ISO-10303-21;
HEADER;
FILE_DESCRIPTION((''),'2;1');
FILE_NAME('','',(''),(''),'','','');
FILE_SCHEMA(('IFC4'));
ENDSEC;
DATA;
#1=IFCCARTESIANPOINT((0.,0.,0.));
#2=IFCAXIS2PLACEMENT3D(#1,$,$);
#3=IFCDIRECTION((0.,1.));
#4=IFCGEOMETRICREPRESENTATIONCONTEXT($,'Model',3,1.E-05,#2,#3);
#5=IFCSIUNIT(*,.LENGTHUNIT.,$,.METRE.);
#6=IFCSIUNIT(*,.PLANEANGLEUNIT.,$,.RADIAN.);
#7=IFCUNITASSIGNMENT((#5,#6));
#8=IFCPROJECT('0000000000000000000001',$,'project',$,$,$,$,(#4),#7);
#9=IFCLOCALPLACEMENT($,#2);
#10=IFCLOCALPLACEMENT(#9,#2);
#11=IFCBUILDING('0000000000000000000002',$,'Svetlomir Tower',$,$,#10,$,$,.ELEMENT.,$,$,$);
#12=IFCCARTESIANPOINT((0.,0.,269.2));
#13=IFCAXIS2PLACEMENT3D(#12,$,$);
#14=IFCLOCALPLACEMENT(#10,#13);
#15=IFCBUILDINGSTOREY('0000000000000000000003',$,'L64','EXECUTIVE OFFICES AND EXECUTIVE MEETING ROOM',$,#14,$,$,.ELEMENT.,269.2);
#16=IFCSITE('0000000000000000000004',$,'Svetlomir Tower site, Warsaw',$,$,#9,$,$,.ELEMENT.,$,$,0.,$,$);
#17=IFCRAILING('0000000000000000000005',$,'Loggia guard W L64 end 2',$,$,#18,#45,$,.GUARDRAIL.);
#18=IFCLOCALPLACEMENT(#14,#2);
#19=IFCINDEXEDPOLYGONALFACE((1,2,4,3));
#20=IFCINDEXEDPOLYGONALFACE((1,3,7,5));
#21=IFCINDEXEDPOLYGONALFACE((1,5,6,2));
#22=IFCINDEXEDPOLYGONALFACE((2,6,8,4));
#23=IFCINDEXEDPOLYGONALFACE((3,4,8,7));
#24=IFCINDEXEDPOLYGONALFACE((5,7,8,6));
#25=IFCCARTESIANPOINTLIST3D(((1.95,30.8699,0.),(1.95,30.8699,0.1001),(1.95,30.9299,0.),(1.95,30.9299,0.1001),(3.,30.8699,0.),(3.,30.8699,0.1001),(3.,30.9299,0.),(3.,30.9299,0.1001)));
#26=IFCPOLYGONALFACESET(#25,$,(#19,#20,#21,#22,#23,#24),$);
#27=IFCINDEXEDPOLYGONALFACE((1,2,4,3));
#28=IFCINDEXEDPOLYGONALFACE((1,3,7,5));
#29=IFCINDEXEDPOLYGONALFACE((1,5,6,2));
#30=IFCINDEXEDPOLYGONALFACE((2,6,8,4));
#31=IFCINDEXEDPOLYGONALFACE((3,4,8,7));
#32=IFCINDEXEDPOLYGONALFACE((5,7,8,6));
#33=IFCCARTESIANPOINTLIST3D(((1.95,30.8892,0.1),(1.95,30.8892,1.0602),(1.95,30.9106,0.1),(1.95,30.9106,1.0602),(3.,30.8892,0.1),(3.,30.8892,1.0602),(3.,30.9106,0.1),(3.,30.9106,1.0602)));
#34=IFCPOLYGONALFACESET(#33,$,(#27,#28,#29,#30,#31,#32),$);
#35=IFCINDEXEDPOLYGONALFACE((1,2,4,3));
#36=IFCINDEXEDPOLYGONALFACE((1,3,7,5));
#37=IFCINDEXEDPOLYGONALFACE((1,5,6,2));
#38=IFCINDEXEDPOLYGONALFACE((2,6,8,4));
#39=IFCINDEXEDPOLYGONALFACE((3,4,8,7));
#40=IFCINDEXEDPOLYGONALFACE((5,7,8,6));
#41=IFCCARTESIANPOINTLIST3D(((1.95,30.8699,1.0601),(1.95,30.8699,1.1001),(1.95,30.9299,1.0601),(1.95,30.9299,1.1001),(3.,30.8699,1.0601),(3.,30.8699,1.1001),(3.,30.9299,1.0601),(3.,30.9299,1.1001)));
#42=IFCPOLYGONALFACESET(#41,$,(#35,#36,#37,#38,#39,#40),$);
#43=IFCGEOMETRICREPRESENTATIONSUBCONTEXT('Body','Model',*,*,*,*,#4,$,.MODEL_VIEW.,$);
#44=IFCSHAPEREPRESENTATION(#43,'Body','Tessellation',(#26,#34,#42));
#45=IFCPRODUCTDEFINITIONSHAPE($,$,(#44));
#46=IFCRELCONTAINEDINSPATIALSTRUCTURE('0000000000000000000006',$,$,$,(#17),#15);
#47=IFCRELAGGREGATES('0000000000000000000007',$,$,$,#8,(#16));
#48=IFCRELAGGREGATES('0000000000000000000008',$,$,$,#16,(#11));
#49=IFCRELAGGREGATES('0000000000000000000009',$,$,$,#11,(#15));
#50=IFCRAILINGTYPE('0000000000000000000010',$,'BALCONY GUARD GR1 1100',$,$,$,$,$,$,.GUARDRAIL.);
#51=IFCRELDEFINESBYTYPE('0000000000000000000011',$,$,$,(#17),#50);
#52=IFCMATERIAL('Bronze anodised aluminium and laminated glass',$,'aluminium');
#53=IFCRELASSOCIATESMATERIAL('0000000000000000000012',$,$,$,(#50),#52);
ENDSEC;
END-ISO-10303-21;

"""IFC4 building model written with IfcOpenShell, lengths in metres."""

from ifc_helpers import new_model, si_unit, direction, frame, origin, origin_2d, place, context, subcontext, project, spatial, rectangle, extrude, material, type_object, element, save


model = new_model("IFC4")

# Units and contexts
model_context = context("Model", 3, precision=1e-05, world=origin(), true_north=direction((0.0, 1.0)))
body_context = subcontext(model_context, "Body", "Model", "MODEL_VIEW")
ifc_project = project(units=[si_unit("LENGTHUNIT", "METRE"), si_unit("PLANEANGLEUNIT", "RADIAN")], contexts=[model_context])

# Site, building, storey
site_placement = place(None, origin())
site = spatial("IfcSite", under=ifc_project, at=site_placement, Name="Svetlomir Tower site, Warsaw", CompositionType="ELEMENT", RefElevation=0.0)
building_placement = place(site_placement, origin())
building = spatial("IfcBuilding", under=site, at=building_placement, Name="Svetlomir Tower", CompositionType="ELEMENT")
storey_placement = place(building_placement, frame((0.0, 0.0, 269.2)))
storey = spatial("IfcBuildingStorey", under=building, at=storey_placement, Name="L64", Description="EXECUTIVE OFFICES AND EXECUTIVE MEETING ROOM", CompositionType="ELEMENT", Elevation=269.2)

# Railing
ifc_material_1 = material(Name="Bronze anodised aluminium and laminated glass", Category="aluminium")
railing_type = type_object("IfcRailingType", Name="BALCONY GUARD GR1 1100", PredefinedType="GUARDRAIL", material=ifc_material_1)
railing_1_placement = place(storey_placement, frame((1.95, 30.8999, 0.0)))
element("IfcRailing", 1, at=railing_1_placement, inside=storey, type_object=railing_type, Name="Loggia guard W L64 end 2", PredefinedType="GUARDRAIL", context=body_context, shape_type="SweptSolid", body=[
    extrude(rectangle(XDim=0.0601, YDim=0.1001, at=origin_2d()), frame((0.0, 0.0, 0.05), z_axis=(1.0, 0.0, 0.0), x_axis=(0.0, 1.0, 0.0)), (0.0, 0.0, 1.0), 1.05),
    extrude(rectangle(XDim=0.0215, YDim=0.9602, at=origin_2d()), frame((0.0, 0.0, 0.5801), z_axis=(1.0, 0.0, 0.0), x_axis=(0.0, 1.0, 0.0)), (0.0, 0.0, 1.0), 1.05),
    extrude(rectangle(XDim=0.0601, YDim=0.04, at=origin_2d()), frame((0.0, 0.0, 1.0801), z_axis=(1.0, 0.0, 0.0), x_axis=(0.0, 1.0, 0.0)), (0.0, 0.0, 1.0), 1.05),
])

save(model, "model.ifc")
